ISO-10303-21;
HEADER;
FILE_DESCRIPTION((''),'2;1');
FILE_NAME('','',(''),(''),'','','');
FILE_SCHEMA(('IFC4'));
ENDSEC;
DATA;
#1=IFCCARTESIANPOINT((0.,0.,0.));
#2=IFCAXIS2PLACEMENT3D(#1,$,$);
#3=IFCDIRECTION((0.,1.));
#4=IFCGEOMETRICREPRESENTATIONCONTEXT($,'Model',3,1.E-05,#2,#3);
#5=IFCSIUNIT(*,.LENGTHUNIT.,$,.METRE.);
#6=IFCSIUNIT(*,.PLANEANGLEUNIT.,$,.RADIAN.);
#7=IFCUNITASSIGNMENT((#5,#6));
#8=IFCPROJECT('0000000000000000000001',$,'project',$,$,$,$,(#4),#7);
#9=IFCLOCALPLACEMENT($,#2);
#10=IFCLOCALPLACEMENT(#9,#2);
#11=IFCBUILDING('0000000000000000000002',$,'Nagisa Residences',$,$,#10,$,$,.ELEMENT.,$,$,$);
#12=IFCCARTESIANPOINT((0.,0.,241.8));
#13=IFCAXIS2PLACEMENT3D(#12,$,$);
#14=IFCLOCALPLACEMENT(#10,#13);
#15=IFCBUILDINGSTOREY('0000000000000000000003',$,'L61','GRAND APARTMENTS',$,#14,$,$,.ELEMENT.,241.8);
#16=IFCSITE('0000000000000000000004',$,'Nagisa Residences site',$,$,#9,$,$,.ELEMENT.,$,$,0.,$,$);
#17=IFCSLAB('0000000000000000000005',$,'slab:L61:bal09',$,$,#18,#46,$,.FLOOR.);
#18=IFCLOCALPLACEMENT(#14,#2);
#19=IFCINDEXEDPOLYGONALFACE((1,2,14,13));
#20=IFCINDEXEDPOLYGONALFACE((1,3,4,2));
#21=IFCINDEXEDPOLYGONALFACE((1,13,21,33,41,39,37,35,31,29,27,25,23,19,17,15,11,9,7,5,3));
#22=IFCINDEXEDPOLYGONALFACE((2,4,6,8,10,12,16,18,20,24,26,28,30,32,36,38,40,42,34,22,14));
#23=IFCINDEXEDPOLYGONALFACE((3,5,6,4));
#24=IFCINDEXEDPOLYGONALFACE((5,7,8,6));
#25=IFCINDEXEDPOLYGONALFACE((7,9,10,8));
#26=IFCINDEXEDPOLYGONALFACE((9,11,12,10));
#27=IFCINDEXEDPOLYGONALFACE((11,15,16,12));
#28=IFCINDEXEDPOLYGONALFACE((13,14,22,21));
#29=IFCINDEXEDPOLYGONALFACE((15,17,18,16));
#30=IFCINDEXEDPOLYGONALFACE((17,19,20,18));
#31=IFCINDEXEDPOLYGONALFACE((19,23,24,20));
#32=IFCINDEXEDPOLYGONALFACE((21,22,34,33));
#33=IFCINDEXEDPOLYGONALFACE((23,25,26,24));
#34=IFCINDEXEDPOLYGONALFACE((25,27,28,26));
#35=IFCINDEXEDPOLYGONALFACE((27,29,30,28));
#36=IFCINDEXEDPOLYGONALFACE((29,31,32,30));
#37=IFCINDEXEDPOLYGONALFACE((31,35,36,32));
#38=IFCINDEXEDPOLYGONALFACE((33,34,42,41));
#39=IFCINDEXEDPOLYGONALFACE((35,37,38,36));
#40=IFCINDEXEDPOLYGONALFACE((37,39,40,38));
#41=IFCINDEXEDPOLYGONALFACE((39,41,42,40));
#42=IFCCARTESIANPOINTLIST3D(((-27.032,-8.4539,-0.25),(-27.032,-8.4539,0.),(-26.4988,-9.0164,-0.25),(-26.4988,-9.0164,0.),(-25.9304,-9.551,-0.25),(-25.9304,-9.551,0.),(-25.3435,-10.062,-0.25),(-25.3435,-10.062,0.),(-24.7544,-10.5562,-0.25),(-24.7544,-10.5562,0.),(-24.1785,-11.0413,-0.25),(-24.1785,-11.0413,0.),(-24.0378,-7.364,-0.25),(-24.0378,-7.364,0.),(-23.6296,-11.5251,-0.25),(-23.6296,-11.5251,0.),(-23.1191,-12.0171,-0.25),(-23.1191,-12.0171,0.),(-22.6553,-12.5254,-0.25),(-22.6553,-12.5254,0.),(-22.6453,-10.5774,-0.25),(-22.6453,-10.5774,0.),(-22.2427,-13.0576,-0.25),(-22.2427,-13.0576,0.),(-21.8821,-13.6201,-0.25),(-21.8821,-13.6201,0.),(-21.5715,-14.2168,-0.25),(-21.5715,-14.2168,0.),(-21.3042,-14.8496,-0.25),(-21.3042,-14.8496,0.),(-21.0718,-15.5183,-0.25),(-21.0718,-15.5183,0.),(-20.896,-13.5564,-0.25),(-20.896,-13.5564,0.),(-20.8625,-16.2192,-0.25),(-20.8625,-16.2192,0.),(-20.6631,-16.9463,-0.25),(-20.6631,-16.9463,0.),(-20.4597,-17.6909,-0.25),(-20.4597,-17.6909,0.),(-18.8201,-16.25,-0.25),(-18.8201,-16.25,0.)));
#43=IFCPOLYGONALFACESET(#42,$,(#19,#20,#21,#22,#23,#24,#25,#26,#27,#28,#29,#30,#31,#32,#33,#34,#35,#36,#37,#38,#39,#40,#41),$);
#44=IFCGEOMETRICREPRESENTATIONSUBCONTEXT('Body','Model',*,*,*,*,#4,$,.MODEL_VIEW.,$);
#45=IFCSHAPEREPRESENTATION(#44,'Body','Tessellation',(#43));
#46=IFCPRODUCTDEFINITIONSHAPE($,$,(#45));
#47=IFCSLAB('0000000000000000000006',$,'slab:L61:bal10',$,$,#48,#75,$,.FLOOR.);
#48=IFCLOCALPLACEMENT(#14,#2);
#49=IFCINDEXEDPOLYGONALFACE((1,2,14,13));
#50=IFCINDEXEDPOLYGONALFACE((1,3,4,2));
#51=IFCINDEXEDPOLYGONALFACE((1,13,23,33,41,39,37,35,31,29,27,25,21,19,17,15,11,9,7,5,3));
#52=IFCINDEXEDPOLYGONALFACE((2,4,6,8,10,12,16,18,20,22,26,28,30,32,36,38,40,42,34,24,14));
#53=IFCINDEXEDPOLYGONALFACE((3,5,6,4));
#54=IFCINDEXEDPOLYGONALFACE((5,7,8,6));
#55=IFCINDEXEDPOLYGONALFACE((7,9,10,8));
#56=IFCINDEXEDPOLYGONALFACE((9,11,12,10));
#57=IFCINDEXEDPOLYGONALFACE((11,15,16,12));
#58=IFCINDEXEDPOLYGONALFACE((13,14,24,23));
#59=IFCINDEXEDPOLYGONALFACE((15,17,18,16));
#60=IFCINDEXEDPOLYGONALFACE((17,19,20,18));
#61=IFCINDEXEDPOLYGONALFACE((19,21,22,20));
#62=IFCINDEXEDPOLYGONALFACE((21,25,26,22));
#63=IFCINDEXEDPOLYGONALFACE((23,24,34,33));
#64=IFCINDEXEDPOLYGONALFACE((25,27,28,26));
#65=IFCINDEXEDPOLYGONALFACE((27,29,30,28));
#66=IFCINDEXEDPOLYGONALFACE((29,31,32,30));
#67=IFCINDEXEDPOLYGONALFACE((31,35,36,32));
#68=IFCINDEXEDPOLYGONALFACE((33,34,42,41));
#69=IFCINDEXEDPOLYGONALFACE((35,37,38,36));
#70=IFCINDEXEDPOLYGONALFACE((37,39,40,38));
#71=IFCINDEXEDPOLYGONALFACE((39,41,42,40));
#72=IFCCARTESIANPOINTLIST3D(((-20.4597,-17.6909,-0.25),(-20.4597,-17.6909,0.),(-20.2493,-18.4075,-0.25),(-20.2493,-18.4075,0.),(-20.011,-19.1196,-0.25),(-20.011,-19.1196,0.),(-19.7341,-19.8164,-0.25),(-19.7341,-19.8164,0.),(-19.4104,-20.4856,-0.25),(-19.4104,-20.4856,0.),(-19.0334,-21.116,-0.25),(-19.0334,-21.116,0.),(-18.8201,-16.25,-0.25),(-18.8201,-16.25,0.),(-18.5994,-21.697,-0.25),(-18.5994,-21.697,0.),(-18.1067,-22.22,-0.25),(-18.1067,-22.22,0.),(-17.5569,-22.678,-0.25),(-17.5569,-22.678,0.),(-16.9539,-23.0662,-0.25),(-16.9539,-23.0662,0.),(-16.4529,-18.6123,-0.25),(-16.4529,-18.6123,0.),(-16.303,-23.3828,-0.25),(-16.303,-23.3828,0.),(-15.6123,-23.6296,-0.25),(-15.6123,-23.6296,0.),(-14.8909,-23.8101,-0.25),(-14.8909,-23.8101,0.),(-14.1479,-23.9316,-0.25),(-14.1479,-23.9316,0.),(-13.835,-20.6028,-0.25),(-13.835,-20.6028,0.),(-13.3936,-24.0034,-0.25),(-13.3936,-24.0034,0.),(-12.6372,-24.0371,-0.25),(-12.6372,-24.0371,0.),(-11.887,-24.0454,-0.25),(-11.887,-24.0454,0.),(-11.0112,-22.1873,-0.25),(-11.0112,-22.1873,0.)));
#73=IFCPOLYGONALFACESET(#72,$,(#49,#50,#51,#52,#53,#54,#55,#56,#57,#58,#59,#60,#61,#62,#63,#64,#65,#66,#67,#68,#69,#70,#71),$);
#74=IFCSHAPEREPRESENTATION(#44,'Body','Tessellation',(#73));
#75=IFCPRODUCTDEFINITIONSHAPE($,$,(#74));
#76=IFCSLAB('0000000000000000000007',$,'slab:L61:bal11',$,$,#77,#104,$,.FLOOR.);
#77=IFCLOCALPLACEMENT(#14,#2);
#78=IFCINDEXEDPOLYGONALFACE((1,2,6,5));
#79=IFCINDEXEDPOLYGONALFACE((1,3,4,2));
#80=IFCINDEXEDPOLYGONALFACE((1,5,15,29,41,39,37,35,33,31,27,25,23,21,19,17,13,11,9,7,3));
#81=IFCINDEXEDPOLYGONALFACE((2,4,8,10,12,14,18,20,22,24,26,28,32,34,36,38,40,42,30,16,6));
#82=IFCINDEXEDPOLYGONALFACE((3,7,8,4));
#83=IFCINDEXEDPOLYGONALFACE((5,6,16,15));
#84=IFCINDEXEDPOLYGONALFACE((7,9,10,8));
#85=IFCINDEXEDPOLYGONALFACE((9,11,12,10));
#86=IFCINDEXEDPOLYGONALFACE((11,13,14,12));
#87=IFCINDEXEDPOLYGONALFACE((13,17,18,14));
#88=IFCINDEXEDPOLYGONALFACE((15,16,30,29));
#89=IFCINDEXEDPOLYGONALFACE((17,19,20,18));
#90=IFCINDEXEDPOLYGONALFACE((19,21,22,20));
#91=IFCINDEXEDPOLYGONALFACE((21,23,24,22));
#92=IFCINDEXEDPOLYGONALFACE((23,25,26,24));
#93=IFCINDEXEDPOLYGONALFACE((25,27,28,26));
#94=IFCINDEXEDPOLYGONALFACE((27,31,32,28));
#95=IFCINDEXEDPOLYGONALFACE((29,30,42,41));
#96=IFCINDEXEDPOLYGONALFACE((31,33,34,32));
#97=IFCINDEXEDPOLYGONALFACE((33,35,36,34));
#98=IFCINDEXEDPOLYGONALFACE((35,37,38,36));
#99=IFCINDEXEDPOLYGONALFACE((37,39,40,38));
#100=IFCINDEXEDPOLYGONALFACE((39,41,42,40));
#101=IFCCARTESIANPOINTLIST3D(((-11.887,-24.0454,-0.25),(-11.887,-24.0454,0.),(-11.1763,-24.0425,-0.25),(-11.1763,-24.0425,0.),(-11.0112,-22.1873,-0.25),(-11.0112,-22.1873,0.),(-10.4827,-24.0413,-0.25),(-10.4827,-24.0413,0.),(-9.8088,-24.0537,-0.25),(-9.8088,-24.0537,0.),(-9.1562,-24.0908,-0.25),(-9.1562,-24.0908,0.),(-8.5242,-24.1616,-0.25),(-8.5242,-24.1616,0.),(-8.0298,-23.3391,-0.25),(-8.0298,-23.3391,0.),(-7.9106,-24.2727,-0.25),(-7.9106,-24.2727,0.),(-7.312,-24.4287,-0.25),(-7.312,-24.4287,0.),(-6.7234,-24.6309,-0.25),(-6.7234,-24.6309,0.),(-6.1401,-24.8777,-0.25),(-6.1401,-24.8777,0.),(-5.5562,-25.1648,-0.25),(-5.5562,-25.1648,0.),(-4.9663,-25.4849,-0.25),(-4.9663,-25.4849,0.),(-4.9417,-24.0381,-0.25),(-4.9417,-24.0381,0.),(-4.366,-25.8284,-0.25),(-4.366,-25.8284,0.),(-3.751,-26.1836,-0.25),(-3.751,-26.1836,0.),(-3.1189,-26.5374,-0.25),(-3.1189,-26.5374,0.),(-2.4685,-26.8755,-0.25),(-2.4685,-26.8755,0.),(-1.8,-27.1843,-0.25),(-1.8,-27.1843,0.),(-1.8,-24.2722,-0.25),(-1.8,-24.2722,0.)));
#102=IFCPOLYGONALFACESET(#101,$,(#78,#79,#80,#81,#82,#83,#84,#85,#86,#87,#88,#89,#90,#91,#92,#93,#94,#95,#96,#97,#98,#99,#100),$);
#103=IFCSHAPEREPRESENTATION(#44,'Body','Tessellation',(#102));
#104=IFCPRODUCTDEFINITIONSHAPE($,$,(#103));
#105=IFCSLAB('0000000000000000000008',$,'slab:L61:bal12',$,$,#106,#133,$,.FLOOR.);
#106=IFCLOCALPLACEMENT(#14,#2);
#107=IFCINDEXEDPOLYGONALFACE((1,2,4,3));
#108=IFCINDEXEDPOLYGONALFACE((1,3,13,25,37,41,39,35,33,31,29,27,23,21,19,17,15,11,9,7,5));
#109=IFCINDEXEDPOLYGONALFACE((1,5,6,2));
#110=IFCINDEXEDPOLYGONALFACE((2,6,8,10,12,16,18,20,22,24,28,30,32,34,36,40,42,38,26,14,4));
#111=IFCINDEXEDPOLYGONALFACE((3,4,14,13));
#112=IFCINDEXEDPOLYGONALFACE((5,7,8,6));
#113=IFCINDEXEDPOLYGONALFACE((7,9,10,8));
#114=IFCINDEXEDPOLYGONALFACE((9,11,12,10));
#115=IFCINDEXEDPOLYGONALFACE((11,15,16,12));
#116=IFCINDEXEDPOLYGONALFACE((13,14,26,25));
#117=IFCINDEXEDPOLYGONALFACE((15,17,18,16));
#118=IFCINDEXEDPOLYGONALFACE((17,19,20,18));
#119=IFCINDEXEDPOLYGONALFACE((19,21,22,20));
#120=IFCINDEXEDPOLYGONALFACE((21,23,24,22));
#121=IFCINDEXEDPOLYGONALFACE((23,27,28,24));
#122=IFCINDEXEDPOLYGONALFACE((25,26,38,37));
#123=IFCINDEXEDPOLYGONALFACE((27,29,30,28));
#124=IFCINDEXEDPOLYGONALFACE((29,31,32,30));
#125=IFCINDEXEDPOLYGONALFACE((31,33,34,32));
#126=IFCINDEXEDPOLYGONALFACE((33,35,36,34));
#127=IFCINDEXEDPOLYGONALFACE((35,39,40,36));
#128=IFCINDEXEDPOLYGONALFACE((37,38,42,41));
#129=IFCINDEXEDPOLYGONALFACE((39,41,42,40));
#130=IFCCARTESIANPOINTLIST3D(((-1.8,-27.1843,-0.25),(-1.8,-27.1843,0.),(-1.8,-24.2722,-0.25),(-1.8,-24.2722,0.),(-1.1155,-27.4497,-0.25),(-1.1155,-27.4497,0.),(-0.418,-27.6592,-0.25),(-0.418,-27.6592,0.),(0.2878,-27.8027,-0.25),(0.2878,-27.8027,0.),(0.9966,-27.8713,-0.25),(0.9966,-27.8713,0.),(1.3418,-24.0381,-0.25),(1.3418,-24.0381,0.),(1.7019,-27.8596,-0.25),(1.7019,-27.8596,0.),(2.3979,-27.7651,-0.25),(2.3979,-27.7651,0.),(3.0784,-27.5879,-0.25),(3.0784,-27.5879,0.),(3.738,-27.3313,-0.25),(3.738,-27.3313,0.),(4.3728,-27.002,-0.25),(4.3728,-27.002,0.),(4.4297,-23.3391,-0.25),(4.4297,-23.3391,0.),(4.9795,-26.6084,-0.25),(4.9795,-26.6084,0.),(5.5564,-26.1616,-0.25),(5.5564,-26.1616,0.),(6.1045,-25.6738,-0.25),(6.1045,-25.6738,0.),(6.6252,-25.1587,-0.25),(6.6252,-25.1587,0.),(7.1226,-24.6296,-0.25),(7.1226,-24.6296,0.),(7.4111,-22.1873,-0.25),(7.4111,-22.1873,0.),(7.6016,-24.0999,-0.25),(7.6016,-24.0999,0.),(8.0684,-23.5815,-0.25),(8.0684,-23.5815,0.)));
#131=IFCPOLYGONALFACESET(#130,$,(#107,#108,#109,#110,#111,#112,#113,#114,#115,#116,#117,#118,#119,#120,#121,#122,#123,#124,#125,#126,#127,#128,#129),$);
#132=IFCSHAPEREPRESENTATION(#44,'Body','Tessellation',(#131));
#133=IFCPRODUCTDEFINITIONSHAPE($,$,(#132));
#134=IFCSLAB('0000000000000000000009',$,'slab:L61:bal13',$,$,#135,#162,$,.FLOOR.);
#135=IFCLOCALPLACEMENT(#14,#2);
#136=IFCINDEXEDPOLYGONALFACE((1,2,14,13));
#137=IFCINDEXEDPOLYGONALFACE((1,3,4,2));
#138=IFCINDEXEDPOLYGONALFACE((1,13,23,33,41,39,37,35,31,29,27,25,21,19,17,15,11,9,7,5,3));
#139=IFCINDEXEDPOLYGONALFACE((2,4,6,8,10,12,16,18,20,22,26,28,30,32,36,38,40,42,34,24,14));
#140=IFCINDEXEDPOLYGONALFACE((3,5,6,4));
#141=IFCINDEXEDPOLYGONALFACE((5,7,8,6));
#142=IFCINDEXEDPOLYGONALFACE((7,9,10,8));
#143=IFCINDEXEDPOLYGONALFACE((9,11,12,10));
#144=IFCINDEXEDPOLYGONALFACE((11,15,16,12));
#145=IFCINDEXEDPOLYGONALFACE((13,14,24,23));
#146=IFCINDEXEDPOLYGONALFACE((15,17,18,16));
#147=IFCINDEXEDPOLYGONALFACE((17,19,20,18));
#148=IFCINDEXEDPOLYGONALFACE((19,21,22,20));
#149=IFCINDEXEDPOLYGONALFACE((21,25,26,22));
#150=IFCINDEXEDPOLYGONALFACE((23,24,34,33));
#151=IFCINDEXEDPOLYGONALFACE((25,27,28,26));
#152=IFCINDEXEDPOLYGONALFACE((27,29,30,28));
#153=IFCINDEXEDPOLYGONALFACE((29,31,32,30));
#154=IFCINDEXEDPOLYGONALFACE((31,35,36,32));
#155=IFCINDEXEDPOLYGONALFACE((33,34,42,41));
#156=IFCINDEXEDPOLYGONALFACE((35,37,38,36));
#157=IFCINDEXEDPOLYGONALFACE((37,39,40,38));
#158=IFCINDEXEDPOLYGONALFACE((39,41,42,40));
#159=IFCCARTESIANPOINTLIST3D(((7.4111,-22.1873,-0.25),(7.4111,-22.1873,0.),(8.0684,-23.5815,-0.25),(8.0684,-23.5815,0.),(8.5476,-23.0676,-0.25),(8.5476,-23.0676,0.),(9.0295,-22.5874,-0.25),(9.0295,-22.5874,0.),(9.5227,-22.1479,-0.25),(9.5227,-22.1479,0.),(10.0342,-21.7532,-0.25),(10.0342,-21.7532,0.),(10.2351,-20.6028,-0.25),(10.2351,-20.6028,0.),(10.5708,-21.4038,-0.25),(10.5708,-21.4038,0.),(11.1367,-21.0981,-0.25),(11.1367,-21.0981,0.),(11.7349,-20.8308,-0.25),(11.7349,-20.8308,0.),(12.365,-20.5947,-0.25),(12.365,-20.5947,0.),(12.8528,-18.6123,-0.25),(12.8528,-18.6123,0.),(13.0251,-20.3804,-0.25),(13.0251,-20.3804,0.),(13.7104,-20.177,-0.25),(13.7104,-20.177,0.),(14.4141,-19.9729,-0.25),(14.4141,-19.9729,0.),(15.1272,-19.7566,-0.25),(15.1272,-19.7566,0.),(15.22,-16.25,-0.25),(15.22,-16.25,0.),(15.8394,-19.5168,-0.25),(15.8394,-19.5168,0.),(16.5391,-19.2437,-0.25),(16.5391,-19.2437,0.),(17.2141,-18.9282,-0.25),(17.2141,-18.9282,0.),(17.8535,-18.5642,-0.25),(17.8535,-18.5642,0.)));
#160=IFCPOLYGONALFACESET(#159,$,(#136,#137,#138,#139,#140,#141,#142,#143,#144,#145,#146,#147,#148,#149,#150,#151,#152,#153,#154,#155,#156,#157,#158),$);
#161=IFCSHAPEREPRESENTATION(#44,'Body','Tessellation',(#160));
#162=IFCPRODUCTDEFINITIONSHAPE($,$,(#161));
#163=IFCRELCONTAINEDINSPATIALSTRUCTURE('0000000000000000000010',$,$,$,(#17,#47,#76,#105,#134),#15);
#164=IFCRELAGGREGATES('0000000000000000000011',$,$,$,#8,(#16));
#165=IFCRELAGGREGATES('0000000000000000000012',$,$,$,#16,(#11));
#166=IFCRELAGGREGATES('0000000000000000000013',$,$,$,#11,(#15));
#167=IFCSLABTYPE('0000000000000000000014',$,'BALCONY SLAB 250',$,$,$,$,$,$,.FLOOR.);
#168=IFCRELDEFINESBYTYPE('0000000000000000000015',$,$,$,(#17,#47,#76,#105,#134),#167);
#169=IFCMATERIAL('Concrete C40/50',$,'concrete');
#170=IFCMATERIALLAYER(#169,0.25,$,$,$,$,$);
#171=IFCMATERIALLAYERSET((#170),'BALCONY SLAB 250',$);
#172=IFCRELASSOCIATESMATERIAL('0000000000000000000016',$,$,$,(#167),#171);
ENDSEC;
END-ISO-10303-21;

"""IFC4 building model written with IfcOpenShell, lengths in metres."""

from ifc_helpers import new_model, si_unit, direction, frame, origin, place, context, subcontext, project, spatial, polyline, outline, extrude, material, layer, layer_set, type_object, element, save


model = new_model("IFC4")

# Units and contexts
model_context = context("Model", 3, precision=1e-05, world=origin(), true_north=direction((0.0, 1.0)))
body_context = subcontext(model_context, "Body", "Model", "MODEL_VIEW")
ifc_project = project(units=[si_unit("LENGTHUNIT", "METRE"), si_unit("PLANEANGLEUNIT", "RADIAN")], contexts=[model_context])

# Site, building, storey
site_placement = place(None, origin())
site = spatial("IfcSite", under=ifc_project, at=site_placement, Name="Nagisa Residences site", CompositionType="ELEMENT", RefElevation=0.0)
building_placement = place(site_placement, origin())
building = spatial("IfcBuilding", under=site, at=building_placement, Name="Nagisa Residences", CompositionType="ELEMENT")
storey_placement = place(building_placement, frame((0.0, 0.0, 241.8)))
storey = spatial("IfcBuildingStorey", under=building, at=storey_placement, Name="L61", Description="GRAND APARTMENTS", CompositionType="ELEMENT", Elevation=241.8)

# Slabs
ifc_material_1 = material(Name="Concrete C40/50", Category="concrete")
ifc_layer_1 = layer(ifc_material_1, 0.25)
ifc_layer_set_1 = layer_set([ifc_layer_1], Name="BALCONY SLAB 250")
slab_type = type_object("IfcSlabType", Name="BALCONY SLAB 250", PredefinedType="FLOOR", material=ifc_layer_set_1)
slab_1_placement = place(storey_placement, frame((0.0, 0.0, -0.25)))
element("IfcSlab", 1, at=slab_1_placement, inside=storey, type_object=slab_type, Name="slab:L61:bal09", PredefinedType="FLOOR", context=body_context, shape_type="SweptSolid", body=[
    extrude(outline(polyline([(-27.032, -8.4539), (-26.4988, -9.0164), (-25.9304, -9.551), (-25.3435, -10.062), (-24.7544, -10.5562), (-24.1785, -11.0413), (-23.6296, -11.5251), (-23.1191, -12.0171), (-22.6553, -12.5254), (-22.2427, -13.0576), (-21.8821, -13.6201), (-21.5715, -14.2168), (-21.3042, -14.8496), (-21.0718, -15.5183), (-20.8625, -16.2192), (-20.6631, -16.9463), (-20.4597, -17.6909), (-18.8201, -16.25), (-20.896, -13.5564), (-22.6453, -10.5774), (-24.0378, -7.364), (-27.032, -8.4539)])), origin(), (0.0, 0.0, 1.0), 0.25),
])
slab_2_placement = place(storey_placement, frame((0.0, 0.0, -0.25)))
element("IfcSlab", 2, at=slab_2_placement, inside=storey, type_object=slab_type, Name="slab:L61:bal10", PredefinedType="FLOOR", context=body_context, shape_type="SweptSolid", body=[
    extrude(outline(polyline([(-20.4597, -17.6909), (-20.2493, -18.4075), (-20.011, -19.1196), (-19.7341, -19.8164), (-19.4104, -20.4856), (-19.0334, -21.116), (-18.5994, -21.697), (-18.1067, -22.22), (-17.5569, -22.678), (-16.9539, -23.0662), (-16.303, -23.3828), (-15.6123, -23.6296), (-14.8909, -23.8101), (-14.1479, -23.9316), (-13.3936, -24.0034), (-12.6372, -24.0371), (-11.887, -24.0454), (-11.0112, -22.1873), (-13.835, -20.6028), (-16.4529, -18.6123), (-18.8201, -16.25), (-20.4597, -17.6909)])), origin(), (0.0, 0.0, 1.0), 0.25),
])
slab_3_placement = place(storey_placement, frame((0.0, 0.0, -0.25)))
element("IfcSlab", 3, at=slab_3_placement, inside=storey, type_object=slab_type, Name="slab:L61:bal11", PredefinedType="FLOOR", context=body_context, shape_type="SweptSolid", body=[
    extrude(outline(polyline([(-11.887, -24.0454), (-11.1763, -24.0425), (-10.4827, -24.0413), (-9.8088, -24.0537), (-9.1562, -24.0908), (-8.5242, -24.1616), (-7.9106, -24.2727), (-7.312, -24.4287), (-6.7234, -24.6309), (-6.1401, -24.8777), (-5.5562, -25.1648), (-4.9663, -25.4849), (-4.366, -25.8284), (-3.751, -26.1836), (-3.1189, -26.5374), (-2.4685, -26.8755), (-1.8, -27.1843), (-1.8, -24.2722), (-4.9417, -24.0381), (-8.0298, -23.3391), (-11.0112, -22.1873), (-11.887, -24.0454)])), origin(), (0.0, 0.0, 1.0), 0.25),
])
slab_4_placement = place(storey_placement, frame((0.0, 0.0, -0.25)))
element("IfcSlab", 4, at=slab_4_placement, inside=storey, type_object=slab_type, Name="slab:L61:bal12", PredefinedType="FLOOR", context=body_context, shape_type="SweptSolid", body=[
    extrude(outline(polyline([(-1.8, -27.1843), (-1.1155, -27.4497), (-0.418, -27.6592), (0.2878, -27.8027), (0.9966, -27.8713), (1.7019, -27.8596), (2.3979, -27.7651), (3.0784, -27.5879), (3.738, -27.3313), (4.3728, -27.002), (4.9795, -26.6084), (5.5564, -26.1616), (6.1045, -25.6738), (6.6252, -25.1587), (7.1226, -24.6296), (7.6016, -24.0999), (8.0684, -23.5815), (7.4111, -22.1873), (4.4297, -23.3391), (1.3418, -24.0381), (-1.8, -24.2722), (-1.8, -27.1843)])), origin(), (0.0, 0.0, 1.0), 0.25),
])
slab_5_placement = place(storey_placement, frame((0.0, 0.0, -0.25)))
element("IfcSlab", 5, at=slab_5_placement, inside=storey, type_object=slab_type, Name="slab:L61:bal13", PredefinedType="FLOOR", context=body_context, shape_type="SweptSolid", body=[
    extrude(outline(polyline([(8.0684, -23.5815), (8.5476, -23.0676), (9.0295, -22.5874), (9.5227, -22.1479), (10.0342, -21.7532), (10.5708, -21.4038), (11.1367, -21.0981), (11.7349, -20.8308), (12.365, -20.5947), (13.0251, -20.3804), (13.7104, -20.177), (14.4141, -19.9729), (15.1272, -19.7566), (15.8394, -19.5168), (16.5391, -19.2437), (17.2141, -18.9282), (17.8535, -18.5642), (15.22, -16.25), (12.8528, -18.6123), (10.2351, -20.6028), (7.4111, -22.1873), (8.0684, -23.5815)])), origin(), (0.0, 0.0, 1.0), 0.25),
])

save(model, "model.ifc")
